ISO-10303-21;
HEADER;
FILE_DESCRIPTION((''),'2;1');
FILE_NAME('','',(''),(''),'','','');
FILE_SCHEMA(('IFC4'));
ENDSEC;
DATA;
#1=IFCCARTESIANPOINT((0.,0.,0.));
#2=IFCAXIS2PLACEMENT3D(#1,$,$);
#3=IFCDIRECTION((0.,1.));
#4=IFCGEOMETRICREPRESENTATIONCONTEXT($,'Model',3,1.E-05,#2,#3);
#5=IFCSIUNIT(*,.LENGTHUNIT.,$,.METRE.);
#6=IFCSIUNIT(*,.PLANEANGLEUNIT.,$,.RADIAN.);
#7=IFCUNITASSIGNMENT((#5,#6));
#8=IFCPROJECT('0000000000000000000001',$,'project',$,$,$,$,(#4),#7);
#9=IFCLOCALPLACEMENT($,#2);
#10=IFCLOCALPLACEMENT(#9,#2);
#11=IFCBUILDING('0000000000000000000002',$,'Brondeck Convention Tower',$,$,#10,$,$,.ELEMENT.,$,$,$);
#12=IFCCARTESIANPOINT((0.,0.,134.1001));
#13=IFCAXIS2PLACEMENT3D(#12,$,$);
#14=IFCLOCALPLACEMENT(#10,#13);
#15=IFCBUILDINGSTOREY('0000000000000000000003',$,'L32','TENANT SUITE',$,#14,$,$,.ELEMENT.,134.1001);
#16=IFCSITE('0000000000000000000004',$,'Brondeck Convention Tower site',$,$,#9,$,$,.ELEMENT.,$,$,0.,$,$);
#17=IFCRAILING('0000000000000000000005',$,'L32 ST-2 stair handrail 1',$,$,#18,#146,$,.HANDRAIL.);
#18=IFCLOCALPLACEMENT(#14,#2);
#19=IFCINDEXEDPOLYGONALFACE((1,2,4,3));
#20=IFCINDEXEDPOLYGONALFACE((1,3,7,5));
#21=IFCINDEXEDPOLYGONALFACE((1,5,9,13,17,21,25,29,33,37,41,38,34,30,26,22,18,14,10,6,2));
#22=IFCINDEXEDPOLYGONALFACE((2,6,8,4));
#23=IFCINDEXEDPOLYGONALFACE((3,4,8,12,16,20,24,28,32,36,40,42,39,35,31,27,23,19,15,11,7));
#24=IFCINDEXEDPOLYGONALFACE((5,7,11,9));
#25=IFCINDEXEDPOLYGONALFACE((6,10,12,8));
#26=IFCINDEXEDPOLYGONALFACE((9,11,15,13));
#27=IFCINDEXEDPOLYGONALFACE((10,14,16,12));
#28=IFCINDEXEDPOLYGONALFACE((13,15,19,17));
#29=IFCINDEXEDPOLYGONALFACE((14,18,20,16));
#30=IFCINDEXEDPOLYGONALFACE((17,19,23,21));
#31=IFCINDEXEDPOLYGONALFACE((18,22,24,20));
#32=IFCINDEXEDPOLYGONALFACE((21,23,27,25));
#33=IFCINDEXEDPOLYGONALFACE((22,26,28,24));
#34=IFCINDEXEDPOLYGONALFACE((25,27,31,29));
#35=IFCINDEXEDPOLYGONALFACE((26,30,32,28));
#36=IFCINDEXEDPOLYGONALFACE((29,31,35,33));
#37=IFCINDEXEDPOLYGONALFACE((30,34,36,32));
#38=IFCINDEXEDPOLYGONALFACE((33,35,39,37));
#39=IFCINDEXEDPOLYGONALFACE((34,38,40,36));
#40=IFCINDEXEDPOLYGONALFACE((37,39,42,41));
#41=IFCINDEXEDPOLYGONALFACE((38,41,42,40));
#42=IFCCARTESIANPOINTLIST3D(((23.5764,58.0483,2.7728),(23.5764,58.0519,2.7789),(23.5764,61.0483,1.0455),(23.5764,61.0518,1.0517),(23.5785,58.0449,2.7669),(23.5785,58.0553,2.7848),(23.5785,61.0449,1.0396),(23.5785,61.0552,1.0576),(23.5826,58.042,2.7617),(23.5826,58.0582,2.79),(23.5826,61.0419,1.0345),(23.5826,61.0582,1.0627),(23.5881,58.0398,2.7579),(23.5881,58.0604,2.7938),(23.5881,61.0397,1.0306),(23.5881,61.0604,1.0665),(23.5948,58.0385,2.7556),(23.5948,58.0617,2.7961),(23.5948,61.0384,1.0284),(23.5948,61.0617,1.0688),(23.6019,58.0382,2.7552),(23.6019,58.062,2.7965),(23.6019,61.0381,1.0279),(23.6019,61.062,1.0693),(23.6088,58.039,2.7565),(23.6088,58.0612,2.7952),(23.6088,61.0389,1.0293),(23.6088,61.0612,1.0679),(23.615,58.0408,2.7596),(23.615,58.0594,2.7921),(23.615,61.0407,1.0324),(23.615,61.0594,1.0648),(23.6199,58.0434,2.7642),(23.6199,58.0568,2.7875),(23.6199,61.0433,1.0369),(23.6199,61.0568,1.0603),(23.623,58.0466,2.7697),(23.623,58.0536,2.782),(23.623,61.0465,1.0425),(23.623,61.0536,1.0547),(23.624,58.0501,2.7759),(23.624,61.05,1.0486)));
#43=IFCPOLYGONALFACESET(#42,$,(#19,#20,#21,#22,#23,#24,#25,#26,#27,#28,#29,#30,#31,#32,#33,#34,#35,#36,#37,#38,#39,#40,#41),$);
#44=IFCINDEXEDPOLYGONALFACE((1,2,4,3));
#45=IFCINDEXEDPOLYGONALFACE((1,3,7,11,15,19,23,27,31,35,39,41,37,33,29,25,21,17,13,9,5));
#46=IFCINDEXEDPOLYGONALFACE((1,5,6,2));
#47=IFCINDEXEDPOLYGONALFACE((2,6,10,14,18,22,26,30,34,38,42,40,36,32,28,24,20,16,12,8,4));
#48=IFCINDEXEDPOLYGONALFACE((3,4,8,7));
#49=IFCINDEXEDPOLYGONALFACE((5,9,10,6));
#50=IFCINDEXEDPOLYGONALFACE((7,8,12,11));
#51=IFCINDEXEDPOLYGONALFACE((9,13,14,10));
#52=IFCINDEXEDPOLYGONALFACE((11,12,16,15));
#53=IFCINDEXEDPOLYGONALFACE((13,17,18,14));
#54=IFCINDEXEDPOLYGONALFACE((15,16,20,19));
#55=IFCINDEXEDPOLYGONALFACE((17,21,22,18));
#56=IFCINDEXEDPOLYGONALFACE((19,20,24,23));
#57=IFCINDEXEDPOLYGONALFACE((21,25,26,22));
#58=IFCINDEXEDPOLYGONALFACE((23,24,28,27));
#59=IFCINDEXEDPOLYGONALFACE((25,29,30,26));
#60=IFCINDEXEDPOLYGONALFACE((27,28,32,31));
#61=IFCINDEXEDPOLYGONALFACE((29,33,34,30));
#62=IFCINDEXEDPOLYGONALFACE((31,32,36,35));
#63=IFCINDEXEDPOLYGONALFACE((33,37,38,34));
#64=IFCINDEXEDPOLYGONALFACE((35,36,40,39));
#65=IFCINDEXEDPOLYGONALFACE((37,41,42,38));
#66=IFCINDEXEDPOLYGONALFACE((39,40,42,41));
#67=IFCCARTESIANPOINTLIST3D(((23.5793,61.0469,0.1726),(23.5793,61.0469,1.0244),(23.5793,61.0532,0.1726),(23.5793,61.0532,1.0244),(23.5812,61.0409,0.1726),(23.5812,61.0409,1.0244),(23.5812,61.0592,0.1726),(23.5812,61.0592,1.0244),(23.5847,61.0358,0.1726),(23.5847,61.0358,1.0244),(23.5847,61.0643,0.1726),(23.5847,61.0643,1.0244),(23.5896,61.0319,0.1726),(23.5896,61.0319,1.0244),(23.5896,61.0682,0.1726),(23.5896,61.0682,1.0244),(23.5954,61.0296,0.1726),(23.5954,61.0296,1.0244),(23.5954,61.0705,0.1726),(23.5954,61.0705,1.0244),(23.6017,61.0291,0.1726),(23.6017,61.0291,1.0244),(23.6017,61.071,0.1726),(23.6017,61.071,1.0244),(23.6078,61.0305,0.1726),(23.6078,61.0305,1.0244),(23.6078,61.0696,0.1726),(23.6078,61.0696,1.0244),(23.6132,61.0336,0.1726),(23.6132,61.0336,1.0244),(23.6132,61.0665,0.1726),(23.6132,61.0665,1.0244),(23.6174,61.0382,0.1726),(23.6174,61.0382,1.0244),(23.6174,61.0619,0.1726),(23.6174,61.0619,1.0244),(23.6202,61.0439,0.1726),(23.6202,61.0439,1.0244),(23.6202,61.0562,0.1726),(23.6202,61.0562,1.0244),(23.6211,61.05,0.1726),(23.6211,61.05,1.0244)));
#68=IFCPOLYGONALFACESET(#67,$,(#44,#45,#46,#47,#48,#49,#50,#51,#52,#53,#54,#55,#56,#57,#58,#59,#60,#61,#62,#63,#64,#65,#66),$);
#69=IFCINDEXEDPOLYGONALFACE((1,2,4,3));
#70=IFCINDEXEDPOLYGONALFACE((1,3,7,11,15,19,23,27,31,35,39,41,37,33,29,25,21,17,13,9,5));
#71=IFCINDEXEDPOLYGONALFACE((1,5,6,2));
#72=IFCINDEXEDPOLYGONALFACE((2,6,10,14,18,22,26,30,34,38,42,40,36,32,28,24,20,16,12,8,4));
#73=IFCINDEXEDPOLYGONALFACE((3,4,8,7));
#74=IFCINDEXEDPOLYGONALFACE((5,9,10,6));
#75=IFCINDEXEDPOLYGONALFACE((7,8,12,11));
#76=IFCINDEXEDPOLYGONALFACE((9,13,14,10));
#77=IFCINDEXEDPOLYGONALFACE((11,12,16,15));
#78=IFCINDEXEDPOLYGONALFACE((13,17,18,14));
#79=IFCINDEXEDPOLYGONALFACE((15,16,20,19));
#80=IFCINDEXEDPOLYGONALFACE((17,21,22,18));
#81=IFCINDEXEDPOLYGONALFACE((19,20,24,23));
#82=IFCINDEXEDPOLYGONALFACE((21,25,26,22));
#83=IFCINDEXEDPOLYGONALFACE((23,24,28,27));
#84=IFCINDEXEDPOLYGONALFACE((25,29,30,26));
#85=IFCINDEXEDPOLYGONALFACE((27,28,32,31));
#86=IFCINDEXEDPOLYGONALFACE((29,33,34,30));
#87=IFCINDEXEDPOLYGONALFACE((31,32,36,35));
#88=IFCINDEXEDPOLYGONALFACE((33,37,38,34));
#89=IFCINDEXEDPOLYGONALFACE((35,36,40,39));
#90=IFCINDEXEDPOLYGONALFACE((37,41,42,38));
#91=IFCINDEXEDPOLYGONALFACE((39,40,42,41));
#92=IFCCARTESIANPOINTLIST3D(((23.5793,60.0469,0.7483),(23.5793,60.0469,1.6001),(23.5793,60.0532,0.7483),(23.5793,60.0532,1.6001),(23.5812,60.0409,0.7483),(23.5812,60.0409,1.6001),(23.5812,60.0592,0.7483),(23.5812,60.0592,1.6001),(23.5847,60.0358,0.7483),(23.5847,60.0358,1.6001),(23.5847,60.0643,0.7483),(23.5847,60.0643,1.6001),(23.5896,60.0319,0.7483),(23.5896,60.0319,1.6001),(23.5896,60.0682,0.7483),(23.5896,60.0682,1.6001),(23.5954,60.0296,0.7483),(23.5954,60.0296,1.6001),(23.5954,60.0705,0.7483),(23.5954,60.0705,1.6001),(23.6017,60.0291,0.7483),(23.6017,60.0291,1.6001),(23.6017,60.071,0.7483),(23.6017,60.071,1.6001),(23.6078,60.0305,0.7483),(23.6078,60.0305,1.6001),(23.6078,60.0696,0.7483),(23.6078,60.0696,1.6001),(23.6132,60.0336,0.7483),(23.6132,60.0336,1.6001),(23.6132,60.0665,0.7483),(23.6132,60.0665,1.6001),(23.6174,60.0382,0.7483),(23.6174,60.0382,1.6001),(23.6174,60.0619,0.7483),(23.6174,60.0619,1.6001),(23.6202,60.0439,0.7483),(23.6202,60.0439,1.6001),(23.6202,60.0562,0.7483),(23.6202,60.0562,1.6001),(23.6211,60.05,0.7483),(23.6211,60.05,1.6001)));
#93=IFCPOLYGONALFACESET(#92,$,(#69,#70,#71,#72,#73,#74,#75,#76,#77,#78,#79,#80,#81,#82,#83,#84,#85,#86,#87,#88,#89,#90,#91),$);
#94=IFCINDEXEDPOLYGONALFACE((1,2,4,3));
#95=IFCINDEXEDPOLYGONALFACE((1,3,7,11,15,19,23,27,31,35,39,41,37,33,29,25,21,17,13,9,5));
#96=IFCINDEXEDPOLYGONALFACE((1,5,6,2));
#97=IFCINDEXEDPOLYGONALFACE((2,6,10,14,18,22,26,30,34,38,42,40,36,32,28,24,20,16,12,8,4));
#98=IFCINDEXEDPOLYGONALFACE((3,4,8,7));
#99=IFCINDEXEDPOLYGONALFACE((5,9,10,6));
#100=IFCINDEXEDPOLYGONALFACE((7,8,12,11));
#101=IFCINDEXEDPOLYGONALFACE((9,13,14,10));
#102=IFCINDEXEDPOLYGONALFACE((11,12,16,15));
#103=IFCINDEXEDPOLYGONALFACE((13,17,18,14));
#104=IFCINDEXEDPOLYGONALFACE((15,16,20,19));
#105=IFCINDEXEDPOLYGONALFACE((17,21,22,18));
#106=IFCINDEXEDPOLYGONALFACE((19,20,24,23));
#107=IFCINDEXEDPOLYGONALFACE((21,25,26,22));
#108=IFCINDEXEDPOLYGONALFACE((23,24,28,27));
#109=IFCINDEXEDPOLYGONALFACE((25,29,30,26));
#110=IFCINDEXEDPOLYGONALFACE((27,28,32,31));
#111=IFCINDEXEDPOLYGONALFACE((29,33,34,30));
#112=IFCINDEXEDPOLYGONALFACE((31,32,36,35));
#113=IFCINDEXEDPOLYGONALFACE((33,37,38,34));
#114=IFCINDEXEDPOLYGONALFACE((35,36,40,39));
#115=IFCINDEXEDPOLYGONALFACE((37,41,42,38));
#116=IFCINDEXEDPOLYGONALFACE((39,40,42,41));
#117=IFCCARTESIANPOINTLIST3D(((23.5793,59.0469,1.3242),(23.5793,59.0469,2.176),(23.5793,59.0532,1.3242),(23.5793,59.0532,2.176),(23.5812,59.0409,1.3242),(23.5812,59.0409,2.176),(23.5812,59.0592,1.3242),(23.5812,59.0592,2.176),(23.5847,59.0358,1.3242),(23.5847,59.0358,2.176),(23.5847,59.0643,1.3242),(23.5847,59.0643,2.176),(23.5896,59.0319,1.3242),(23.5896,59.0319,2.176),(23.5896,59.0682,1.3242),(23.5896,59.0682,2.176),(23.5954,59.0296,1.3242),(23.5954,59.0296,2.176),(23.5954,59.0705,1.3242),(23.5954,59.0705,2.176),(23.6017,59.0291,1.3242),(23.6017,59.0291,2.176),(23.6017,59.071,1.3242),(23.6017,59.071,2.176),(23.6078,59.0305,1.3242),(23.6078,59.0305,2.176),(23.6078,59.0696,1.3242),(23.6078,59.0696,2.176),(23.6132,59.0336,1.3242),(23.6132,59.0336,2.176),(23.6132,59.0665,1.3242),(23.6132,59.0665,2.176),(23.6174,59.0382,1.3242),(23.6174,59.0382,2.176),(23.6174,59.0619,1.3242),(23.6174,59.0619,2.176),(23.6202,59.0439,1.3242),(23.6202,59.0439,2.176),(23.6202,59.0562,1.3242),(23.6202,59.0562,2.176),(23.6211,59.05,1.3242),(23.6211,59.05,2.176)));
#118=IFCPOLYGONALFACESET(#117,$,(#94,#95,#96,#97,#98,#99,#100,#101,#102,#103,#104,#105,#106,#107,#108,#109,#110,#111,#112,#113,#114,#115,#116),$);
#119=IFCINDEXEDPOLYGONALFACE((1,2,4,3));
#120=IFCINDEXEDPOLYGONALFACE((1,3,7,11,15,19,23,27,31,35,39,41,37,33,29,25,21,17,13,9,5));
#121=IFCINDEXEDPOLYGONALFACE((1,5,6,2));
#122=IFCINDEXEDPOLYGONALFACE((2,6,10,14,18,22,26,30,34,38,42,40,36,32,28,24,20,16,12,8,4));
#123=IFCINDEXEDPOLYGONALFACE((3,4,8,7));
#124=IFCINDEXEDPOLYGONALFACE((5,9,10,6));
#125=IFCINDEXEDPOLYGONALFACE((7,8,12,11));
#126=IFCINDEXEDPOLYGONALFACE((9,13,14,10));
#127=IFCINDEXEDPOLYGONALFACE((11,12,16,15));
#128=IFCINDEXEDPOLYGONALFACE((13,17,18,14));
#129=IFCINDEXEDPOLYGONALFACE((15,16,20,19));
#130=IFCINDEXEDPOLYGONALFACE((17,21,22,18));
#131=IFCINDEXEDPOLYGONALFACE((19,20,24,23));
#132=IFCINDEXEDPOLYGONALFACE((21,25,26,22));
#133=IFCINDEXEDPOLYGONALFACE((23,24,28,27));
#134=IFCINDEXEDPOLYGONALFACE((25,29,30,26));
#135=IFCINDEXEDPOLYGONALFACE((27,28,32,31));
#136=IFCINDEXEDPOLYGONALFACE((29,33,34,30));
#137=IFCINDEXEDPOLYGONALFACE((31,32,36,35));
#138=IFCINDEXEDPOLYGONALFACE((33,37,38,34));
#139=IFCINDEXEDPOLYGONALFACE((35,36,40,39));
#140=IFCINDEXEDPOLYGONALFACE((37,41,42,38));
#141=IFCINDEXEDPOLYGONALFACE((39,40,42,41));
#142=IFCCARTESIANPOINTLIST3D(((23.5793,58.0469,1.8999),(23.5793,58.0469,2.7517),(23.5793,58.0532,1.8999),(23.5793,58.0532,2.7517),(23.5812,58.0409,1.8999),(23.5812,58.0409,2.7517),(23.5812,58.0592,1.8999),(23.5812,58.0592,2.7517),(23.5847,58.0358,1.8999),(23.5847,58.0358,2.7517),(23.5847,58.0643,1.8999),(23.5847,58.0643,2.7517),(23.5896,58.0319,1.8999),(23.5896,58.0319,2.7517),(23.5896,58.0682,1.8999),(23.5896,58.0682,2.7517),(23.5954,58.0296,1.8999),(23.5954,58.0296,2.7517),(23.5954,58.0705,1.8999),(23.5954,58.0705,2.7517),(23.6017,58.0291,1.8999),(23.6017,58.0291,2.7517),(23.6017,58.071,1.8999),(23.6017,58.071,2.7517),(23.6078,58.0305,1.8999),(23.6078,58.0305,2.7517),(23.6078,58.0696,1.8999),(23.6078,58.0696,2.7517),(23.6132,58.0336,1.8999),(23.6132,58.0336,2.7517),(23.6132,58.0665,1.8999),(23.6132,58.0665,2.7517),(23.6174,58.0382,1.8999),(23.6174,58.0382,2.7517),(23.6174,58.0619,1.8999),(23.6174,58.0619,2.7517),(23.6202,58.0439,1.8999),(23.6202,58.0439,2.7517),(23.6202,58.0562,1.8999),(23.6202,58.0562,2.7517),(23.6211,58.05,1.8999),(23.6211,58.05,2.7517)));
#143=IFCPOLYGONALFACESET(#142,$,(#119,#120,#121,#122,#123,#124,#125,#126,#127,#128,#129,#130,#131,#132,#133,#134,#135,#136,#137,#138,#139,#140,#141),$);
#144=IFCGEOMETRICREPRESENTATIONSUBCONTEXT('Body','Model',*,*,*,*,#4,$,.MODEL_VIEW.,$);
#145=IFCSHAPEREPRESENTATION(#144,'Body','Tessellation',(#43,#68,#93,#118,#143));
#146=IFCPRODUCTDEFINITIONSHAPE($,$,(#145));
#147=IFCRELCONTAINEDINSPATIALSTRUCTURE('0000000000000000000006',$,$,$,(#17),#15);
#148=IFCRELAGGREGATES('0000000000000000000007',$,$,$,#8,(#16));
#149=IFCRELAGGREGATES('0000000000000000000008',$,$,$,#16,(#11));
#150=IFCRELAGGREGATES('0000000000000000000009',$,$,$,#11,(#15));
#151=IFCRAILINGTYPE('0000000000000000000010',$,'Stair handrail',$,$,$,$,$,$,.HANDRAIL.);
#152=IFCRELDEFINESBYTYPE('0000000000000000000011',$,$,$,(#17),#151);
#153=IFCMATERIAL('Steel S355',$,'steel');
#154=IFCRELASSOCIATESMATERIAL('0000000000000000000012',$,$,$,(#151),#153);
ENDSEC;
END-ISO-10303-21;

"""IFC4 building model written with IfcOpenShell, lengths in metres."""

from ifc_helpers import new_model, si_unit, direction, frame, origin, origin_2d, place, context, subcontext, project, spatial, circle, extrude, material, type_object, element, save


model = new_model("IFC4")

# Units and contexts
model_context = context("Model", 3, precision=1e-05, world=origin(), true_north=direction((0.0, 1.0)))
body_context = subcontext(model_context, "Body", "Model", "MODEL_VIEW")
ifc_project = project(units=[si_unit("LENGTHUNIT", "METRE"), si_unit("PLANEANGLEUNIT", "RADIAN")], contexts=[model_context])

# Site, building, storey
site_placement = place(None, origin())
site = spatial("IfcSite", under=ifc_project, at=site_placement, Name="Brondeck Convention Tower site", CompositionType="ELEMENT", RefElevation=0.0)
building_placement = place(site_placement, origin())
building = spatial("IfcBuilding", under=site, at=building_placement, Name="Brondeck Convention Tower", CompositionType="ELEMENT")
storey_placement = place(building_placement, frame((0.0, 0.0, 134.1001)))
storey = spatial("IfcBuildingStorey", under=building, at=storey_placement, Name="L32", Description="TENANT SUITE", CompositionType="ELEMENT", Elevation=134.1001)

# Railing
ifc_material_1 = material(Name="Steel S355", Category="steel")
railing_type_1 = type_object("IfcRailingType", Name="Stair handrail", PredefinedType="HANDRAIL", material=ifc_material_1)
railing_1_placement = place(storey_placement, frame((23.6001, 61.05, 0.1726)))
element("IfcRailing", 1, at=railing_1_placement, inside=storey, type_object=railing_type_1, Name="L32 ST-2 stair handrail 1", PredefinedType="HANDRAIL", context=body_context, shape_type="SweptSolid", body=[
    extrude(circle(Radius=0.0239, at=origin_2d()), frame((0.0, 0.0, 0.876), z_axis=(0.0, -0.86662, 0.498969), x_axis=(1.0, 0.0, 0.0)), (0.0, 0.0, 1.0), 3.4617),
    extrude(circle(Radius=0.021, at=origin_2d()), origin(), (0.0, 0.0, 1.0), 0.8518),
    extrude(circle(Radius=0.021, at=origin_2d()), frame((0.0, -1.0, 0.5757)), (0.0, 0.0, 1.0), 0.8518),
    extrude(circle(Radius=0.021, at=origin_2d()), frame((0.0, -2.0, 1.1516)), (0.0, 0.0, 1.0), 0.8518),
    extrude(circle(Radius=0.021, at=origin_2d()), frame((0.0, -3.0, 1.7273)), (0.0, 0.0, 1.0), 0.8518),
])

save(model, "model.ifc")
